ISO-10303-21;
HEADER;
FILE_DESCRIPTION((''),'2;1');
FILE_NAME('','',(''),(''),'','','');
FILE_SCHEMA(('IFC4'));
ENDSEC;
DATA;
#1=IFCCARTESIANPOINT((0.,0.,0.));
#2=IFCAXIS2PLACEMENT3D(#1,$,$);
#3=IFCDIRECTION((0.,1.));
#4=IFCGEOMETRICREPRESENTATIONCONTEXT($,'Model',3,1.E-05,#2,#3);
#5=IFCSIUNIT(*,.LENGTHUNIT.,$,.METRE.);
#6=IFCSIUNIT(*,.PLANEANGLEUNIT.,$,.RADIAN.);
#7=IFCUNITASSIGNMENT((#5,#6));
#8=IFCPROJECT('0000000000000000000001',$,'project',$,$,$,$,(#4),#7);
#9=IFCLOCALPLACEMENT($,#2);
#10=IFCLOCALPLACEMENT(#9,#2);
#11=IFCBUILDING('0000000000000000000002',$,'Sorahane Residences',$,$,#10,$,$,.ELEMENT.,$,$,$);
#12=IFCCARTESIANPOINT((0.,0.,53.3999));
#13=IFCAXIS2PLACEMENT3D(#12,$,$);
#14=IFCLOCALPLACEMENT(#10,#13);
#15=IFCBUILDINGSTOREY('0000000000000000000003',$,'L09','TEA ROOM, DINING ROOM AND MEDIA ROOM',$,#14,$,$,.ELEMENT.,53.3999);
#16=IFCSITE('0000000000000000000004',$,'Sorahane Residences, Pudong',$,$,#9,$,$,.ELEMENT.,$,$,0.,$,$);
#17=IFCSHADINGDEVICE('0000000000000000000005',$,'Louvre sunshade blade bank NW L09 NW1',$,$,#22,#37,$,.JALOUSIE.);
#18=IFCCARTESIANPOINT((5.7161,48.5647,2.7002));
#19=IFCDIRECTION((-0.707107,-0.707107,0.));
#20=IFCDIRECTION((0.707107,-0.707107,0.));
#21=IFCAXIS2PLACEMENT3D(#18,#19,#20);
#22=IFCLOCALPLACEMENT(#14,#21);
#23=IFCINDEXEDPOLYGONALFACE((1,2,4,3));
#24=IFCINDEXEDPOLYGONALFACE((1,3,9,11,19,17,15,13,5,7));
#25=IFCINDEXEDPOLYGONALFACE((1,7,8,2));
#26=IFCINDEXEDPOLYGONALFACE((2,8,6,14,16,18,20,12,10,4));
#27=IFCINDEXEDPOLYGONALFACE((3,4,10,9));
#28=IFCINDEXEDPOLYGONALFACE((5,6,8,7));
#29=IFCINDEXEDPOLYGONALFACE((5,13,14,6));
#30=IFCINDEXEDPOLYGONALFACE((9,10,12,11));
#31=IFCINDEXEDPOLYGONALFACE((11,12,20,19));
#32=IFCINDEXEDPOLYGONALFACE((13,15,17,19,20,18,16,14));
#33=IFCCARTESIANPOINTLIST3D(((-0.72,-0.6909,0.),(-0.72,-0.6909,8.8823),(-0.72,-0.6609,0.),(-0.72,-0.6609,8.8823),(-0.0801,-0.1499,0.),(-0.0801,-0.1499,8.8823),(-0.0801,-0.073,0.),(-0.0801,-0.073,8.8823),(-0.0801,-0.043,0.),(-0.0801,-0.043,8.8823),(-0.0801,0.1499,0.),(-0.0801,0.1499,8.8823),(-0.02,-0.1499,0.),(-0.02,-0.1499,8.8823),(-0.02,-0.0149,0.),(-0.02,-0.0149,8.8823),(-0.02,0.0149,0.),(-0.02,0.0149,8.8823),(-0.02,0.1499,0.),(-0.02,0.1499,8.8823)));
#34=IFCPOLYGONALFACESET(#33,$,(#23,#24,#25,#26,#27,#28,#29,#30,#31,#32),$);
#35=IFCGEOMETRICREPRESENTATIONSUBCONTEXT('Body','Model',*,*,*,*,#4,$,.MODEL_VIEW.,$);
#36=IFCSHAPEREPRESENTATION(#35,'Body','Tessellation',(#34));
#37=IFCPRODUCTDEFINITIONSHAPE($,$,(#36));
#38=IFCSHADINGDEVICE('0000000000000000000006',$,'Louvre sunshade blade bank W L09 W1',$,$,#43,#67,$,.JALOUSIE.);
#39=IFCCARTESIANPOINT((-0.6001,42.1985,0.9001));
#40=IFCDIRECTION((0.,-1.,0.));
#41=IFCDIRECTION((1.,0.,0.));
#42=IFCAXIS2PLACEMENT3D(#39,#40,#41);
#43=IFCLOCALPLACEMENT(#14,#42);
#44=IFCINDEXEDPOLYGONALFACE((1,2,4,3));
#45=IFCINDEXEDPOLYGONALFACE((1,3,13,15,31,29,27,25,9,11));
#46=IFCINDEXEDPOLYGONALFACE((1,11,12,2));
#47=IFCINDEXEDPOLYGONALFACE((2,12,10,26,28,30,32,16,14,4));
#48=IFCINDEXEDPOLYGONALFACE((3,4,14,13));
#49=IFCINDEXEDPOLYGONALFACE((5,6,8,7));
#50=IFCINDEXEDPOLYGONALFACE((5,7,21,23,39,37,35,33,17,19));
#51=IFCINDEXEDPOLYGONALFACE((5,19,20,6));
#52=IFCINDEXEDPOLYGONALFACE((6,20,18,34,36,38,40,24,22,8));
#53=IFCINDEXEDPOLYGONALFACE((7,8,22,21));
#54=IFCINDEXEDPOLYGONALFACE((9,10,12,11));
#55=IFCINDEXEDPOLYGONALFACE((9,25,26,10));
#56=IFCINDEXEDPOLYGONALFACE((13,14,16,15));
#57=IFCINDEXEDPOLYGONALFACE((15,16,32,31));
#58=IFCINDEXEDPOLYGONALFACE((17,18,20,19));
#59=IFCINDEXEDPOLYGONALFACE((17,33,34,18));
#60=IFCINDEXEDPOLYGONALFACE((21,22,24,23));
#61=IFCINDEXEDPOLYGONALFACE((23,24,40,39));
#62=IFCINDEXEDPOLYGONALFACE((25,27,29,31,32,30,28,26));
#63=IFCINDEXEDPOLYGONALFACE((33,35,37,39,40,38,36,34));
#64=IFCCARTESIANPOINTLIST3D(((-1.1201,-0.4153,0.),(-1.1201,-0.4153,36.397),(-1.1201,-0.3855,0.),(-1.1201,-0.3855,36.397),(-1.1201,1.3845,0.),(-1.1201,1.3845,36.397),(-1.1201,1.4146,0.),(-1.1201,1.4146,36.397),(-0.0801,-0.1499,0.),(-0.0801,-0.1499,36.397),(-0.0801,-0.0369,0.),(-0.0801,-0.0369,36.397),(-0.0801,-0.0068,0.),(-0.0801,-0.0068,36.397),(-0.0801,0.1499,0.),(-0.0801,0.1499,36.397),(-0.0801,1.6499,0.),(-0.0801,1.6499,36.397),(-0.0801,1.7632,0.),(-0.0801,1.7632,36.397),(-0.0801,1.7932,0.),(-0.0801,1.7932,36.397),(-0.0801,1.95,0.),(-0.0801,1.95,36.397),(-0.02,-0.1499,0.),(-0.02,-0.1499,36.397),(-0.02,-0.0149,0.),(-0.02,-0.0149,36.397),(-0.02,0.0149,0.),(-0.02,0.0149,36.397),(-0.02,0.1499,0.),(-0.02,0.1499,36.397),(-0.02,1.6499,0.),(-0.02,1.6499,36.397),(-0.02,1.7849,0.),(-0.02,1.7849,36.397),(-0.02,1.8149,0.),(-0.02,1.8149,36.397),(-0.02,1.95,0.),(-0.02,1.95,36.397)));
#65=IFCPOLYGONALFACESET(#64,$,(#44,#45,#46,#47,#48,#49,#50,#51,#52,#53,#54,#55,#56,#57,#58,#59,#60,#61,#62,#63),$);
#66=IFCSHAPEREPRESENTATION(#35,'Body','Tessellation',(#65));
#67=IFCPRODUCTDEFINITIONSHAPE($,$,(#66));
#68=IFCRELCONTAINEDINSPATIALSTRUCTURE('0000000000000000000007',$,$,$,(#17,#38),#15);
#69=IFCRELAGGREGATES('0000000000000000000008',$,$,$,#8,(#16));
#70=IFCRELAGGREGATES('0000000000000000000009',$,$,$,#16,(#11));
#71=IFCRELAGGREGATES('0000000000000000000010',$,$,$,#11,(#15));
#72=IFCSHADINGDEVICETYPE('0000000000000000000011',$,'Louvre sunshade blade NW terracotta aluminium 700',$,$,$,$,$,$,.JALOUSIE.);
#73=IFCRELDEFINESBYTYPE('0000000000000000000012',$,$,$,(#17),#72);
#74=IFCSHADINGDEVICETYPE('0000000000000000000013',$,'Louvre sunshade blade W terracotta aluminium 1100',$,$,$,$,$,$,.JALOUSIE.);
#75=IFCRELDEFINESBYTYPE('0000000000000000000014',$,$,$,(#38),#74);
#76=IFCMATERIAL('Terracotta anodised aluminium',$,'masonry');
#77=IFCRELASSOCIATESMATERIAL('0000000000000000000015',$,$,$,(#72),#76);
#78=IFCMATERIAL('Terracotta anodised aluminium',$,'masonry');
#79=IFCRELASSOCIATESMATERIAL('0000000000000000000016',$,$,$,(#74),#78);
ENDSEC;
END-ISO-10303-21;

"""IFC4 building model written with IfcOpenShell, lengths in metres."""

from ifc_helpers import new_model, si_unit, direction, frame, origin, place, context, subcontext, project, spatial, polyline, outline, composite_profile, extrude, material, type_object, element, save


model = new_model("IFC4")

# Units and contexts
model_context = context("Model", 3, precision=1e-05, world=origin(), true_north=direction((0.0, 1.0)))
body_context = subcontext(model_context, "Body", "Model", "MODEL_VIEW")
ifc_project = project(units=[si_unit("LENGTHUNIT", "METRE"), si_unit("PLANEANGLEUNIT", "RADIAN")], contexts=[model_context])

# Site, building, storey
site_placement = place(None, origin())
site = spatial("IfcSite", under=ifc_project, at=site_placement, Name="Sorahane Residences, Pudong", CompositionType="ELEMENT", RefElevation=0.0)
building_placement = place(site_placement, origin())
building = spatial("IfcBuilding", under=site, at=building_placement, Name="Sorahane Residences", CompositionType="ELEMENT")
storey_placement = place(building_placement, frame((0.0, 0.0, 53.3999)))
storey = spatial("IfcBuildingStorey", under=building, at=storey_placement, Name="L09", Description="TEA ROOM, DINING ROOM AND MEDIA ROOM", CompositionType="ELEMENT", Elevation=53.3999)

# Shading devices
ifc_material_1 = material(Name="Terracotta anodised aluminium", Category="masonry")
shading_device_type_1 = type_object("IfcShadingDeviceType", Name="Louvre sunshade blade NW terracotta aluminium 700", PredefinedType="JALOUSIE", material=ifc_material_1)
shading_device_1_placement = place(storey_placement, frame((5.7161, 48.5647, 2.7002), z_axis=(-0.707107, -0.707107, 0.0), x_axis=(0.707107, -0.707107, 0.0)))
element("IfcShadingDevice", 1, at=shading_device_1_placement, inside=storey, type_object=shading_device_type_1, Name="Louvre sunshade blade bank NW L09 NW1", PredefinedType="JALOUSIE", context=body_context, shape_type="SweptSolid", body=[
    extrude(outline(polyline([(-0.72, -0.6609), (-0.72, -0.6909), (-0.0801, -0.073), (-0.0801, -0.1499), (-0.02, -0.1499), (-0.02, -0.0149), (-0.02, 0.0149), (-0.02, 0.1499), (-0.0801, 0.1499), (-0.0801, -0.043), (-0.72, -0.6609)])), origin(), (0.0, 0.0, 1.0), 8.8823),
])
ifc_material_2 = material(Name="Terracotta anodised aluminium", Category="masonry")
shading_device_type_2 = type_object("IfcShadingDeviceType", Name="Louvre sunshade blade W terracotta aluminium 1100", PredefinedType="JALOUSIE", material=ifc_material_2)
shading_device_2_placement = place(storey_placement, frame((-0.6001, 42.1985, 0.9001), z_axis=(0.0, -1.0, 0.0), x_axis=(1.0, 0.0, 0.0)))
element("IfcShadingDevice", 2, at=shading_device_2_placement, inside=storey, type_object=shading_device_type_2, Name="Louvre sunshade blade bank W L09 W1", PredefinedType="JALOUSIE", context=body_context, shape_type="SweptSolid", body=[
    extrude(composite_profile([outline(polyline([(-1.1201, -0.3855), (-1.1201, -0.4153), (-0.0801, -0.0369), (-0.0801, -0.1499), (-0.02, -0.1499), (-0.02, -0.0149), (-0.02, 0.0149), (-0.02, 0.1499), (-0.0801, 0.1499), (-0.0801, -0.0068), (-1.1201, -0.3855)])), outline(polyline([(-1.1201, 1.4146), (-1.1201, 1.3845), (-0.0801, 1.7632), (-0.0801, 1.6499), (-0.02, 1.6499), (-0.02, 1.7849), (-0.02, 1.8149), (-0.02, 1.95), (-0.0801, 1.95), (-0.0801, 1.7932), (-1.1201, 1.4146)]))]), origin(), (0.0, 0.0, 1.0), 36.397),
])

save(model, "model.ifc")
